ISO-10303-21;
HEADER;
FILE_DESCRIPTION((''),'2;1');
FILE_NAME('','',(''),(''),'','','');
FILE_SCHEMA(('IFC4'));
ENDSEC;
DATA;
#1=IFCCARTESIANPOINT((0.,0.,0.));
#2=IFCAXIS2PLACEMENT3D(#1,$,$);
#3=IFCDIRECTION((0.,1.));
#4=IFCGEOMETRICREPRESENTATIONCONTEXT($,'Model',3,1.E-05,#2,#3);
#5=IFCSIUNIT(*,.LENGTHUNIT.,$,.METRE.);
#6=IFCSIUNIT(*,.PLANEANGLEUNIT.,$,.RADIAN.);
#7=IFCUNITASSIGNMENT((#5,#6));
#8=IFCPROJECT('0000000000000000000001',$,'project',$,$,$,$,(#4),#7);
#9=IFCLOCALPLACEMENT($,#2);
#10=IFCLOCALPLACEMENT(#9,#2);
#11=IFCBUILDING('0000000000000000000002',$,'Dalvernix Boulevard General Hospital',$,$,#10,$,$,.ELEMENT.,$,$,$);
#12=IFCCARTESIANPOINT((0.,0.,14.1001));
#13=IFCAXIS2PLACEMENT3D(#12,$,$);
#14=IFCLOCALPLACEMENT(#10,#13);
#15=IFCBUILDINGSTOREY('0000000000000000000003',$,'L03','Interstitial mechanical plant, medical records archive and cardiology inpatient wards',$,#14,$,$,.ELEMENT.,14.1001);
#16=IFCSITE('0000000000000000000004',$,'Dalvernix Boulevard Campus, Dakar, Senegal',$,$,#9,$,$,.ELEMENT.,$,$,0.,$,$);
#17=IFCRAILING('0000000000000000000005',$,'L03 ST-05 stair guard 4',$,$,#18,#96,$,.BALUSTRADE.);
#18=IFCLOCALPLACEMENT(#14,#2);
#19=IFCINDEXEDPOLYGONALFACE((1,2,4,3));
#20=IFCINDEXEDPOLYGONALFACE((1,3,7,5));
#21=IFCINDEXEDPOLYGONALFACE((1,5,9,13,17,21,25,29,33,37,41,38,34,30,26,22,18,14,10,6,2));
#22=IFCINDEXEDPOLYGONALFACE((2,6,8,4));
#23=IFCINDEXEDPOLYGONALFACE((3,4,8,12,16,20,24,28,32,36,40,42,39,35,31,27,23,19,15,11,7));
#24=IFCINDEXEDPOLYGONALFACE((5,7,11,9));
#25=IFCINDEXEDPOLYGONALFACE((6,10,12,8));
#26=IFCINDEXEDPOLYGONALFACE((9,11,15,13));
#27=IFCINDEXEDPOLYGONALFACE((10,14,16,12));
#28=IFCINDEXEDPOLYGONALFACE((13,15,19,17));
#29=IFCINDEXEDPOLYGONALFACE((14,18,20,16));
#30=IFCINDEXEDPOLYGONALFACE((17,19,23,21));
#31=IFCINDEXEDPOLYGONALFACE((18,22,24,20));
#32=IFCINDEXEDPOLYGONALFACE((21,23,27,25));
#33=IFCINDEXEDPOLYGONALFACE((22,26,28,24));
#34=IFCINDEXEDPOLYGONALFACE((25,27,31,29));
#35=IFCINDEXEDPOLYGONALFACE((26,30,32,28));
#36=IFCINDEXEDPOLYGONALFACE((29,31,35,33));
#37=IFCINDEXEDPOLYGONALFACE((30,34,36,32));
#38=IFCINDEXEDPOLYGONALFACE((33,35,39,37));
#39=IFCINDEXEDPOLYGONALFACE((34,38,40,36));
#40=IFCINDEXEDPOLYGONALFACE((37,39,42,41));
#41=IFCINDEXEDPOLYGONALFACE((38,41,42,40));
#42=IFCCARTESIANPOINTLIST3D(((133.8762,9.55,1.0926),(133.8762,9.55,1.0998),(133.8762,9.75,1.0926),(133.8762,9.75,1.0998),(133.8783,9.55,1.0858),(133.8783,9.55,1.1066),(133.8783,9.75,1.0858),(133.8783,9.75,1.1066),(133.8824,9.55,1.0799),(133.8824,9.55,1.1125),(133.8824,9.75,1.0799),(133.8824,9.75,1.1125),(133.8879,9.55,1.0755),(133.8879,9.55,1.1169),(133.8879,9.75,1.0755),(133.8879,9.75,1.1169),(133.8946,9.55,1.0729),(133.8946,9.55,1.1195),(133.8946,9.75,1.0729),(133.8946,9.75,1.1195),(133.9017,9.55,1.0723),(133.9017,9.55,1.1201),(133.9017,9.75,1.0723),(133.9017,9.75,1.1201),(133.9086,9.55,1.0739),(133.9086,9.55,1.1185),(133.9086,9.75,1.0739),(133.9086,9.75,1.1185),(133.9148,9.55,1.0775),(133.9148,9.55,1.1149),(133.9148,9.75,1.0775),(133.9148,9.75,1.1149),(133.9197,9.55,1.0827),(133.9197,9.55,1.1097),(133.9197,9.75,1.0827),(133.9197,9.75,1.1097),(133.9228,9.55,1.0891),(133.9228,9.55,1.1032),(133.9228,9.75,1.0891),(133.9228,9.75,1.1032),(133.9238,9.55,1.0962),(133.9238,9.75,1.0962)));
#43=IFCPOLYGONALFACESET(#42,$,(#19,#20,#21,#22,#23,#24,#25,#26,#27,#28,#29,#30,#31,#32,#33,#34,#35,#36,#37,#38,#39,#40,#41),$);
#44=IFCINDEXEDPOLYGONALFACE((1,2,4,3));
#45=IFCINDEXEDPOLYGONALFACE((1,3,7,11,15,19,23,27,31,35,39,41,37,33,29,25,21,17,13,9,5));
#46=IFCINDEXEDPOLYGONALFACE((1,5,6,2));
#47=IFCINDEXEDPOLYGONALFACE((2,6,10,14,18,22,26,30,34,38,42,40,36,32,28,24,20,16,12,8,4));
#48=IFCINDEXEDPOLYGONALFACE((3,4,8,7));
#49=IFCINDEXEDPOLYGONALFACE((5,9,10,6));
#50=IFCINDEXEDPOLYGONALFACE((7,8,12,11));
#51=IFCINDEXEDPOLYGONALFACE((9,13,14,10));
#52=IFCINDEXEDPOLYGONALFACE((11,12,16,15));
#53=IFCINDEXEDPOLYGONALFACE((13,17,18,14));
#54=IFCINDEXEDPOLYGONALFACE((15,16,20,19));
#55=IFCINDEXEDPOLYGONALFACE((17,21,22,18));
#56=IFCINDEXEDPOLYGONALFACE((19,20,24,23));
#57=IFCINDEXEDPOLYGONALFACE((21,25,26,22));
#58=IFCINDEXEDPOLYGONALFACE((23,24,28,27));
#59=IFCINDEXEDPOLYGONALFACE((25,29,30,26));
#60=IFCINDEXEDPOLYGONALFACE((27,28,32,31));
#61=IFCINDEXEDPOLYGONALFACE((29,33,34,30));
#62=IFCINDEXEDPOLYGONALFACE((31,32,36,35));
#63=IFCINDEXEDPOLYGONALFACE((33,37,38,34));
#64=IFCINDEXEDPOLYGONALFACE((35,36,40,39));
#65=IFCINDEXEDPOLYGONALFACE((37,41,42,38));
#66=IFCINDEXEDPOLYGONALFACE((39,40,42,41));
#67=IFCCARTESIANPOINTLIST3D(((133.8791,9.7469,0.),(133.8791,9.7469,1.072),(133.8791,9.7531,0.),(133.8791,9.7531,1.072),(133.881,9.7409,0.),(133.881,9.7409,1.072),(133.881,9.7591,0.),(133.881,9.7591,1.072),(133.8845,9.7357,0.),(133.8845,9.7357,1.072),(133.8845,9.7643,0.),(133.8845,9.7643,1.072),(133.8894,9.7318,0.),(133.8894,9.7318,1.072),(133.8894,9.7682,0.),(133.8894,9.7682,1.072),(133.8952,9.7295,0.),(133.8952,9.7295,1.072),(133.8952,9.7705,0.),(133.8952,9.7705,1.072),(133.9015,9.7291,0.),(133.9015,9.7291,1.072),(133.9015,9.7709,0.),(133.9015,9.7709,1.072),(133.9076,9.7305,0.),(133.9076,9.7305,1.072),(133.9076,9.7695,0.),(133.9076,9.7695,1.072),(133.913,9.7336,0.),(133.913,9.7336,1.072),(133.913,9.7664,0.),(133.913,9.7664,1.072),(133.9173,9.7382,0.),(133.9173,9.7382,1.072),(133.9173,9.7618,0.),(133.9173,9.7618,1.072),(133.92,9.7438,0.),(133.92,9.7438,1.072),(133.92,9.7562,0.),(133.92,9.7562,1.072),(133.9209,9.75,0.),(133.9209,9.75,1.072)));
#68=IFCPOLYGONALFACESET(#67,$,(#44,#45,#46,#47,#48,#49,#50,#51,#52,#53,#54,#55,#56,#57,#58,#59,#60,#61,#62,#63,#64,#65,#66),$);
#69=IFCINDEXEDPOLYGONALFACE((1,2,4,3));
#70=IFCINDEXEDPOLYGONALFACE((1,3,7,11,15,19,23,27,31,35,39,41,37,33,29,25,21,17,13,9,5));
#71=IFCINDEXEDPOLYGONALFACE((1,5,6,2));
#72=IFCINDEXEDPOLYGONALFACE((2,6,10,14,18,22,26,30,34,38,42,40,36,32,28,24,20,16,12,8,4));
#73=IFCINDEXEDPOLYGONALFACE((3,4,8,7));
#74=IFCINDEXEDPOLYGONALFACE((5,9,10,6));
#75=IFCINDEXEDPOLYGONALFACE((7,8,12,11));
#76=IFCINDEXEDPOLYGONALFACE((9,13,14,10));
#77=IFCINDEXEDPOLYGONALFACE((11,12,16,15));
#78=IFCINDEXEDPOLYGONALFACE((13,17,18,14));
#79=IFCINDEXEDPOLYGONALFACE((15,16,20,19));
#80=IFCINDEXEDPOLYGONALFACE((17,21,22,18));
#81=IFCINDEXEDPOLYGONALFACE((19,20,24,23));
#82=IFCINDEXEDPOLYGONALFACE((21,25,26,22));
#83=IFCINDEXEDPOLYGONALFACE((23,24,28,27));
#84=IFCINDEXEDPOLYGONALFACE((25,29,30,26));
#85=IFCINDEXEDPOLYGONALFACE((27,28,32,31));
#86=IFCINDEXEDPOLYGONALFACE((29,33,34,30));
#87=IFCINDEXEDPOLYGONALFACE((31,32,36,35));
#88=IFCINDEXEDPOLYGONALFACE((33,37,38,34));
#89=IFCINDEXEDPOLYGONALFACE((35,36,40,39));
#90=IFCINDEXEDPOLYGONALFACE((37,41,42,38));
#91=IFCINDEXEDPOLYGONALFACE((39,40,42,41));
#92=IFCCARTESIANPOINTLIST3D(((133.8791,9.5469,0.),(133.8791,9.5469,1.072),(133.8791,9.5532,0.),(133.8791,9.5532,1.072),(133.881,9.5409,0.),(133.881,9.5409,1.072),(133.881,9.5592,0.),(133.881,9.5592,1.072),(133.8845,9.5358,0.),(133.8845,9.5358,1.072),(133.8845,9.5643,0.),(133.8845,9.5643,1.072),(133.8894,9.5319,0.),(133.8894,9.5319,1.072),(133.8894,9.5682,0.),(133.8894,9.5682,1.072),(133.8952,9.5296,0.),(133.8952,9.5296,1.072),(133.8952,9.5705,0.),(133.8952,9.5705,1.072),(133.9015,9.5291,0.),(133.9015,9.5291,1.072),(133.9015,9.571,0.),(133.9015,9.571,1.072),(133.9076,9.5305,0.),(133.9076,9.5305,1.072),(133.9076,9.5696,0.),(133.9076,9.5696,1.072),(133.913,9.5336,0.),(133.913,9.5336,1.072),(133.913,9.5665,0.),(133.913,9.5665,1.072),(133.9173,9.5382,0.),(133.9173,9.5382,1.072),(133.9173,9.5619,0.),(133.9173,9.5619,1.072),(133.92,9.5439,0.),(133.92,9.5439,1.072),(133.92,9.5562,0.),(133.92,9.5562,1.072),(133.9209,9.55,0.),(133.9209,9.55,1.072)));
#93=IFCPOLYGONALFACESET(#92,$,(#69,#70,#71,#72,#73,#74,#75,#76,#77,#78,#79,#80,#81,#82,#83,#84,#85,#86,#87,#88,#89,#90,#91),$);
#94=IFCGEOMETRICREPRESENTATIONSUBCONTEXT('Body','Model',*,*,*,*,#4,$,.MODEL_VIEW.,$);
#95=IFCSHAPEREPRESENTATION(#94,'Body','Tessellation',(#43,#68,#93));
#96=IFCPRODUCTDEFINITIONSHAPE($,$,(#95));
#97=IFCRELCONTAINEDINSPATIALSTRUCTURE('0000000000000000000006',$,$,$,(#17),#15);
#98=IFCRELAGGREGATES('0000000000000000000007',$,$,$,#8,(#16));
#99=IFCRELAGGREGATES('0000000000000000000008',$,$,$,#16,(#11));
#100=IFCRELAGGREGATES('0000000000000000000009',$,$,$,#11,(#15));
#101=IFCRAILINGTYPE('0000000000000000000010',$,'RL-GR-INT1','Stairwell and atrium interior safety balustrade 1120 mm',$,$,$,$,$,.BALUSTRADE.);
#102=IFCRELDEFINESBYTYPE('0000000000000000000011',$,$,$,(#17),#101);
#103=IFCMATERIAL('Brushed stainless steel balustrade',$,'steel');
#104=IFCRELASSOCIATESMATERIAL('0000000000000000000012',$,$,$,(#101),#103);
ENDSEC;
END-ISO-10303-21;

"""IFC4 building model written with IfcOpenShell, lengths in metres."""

from ifc_helpers import new_model, si_unit, direction, frame, origin, origin_2d, place, context, subcontext, project, spatial, circle, extrude, material, type_object, element, save


model = new_model("IFC4")

# Units and contexts
model_context = context("Model", 3, precision=1e-05, world=origin(), true_north=direction((0.0, 1.0)))
body_context = subcontext(model_context, "Body", "Model", "MODEL_VIEW")
ifc_project = project(units=[si_unit("LENGTHUNIT", "METRE"), si_unit("PLANEANGLEUNIT", "RADIAN")], contexts=[model_context])

# Site, building, storey
site_placement = place(None, origin())
site = spatial("IfcSite", under=ifc_project, at=site_placement, Name="Dalvernix Boulevard Campus, Dakar, Senegal", CompositionType="ELEMENT", RefElevation=0.0)
building_placement = place(site_placement, origin())
building = spatial("IfcBuilding", under=site, at=building_placement, Name="Dalvernix Boulevard General Hospital", CompositionType="ELEMENT")
storey_placement = place(building_placement, frame((0.0, 0.0, 14.1001)))
storey = spatial("IfcBuildingStorey", under=building, at=storey_placement, Name="L03", Description="Interstitial mechanical plant, medical records archive and cardiology inpatient wards", CompositionType="ELEMENT", Elevation=14.1001)

# Railing
ifc_material_1 = material(Name="Brushed stainless steel balustrade", Category="steel")
railing_type_1 = type_object("IfcRailingType", Name="RL-GR-INT1", Description="Stairwell and atrium interior safety balustrade 1120 mm", PredefinedType="BALUSTRADE", material=ifc_material_1)
railing_1_placement = place(storey_placement, frame((133.8999, 9.75, 0.0)))
element("IfcRailing", 1, at=railing_1_placement, inside=storey, type_object=railing_type_1, Name="L03 ST-05 stair guard 4", PredefinedType="BALUSTRADE", context=body_context, shape_type="SweptSolid", body=[
    extrude(circle(Radius=0.0239, at=origin_2d()), frame((0.0, 0.0, 1.0962), z_axis=(0.0, -1.0, 0.0), x_axis=(1.0, 0.0, 0.0)), (0.0, 0.0, 1.0), 0.2),
    extrude(circle(Radius=0.021, at=origin_2d()), origin(), (0.0, 0.0, 1.0), 1.072),
    extrude(circle(Radius=0.021, at=origin_2d()), frame((0.0, -0.2, 0.0)), (0.0, 0.0, 1.0), 1.072),
])

save(model, "model.ifc")
